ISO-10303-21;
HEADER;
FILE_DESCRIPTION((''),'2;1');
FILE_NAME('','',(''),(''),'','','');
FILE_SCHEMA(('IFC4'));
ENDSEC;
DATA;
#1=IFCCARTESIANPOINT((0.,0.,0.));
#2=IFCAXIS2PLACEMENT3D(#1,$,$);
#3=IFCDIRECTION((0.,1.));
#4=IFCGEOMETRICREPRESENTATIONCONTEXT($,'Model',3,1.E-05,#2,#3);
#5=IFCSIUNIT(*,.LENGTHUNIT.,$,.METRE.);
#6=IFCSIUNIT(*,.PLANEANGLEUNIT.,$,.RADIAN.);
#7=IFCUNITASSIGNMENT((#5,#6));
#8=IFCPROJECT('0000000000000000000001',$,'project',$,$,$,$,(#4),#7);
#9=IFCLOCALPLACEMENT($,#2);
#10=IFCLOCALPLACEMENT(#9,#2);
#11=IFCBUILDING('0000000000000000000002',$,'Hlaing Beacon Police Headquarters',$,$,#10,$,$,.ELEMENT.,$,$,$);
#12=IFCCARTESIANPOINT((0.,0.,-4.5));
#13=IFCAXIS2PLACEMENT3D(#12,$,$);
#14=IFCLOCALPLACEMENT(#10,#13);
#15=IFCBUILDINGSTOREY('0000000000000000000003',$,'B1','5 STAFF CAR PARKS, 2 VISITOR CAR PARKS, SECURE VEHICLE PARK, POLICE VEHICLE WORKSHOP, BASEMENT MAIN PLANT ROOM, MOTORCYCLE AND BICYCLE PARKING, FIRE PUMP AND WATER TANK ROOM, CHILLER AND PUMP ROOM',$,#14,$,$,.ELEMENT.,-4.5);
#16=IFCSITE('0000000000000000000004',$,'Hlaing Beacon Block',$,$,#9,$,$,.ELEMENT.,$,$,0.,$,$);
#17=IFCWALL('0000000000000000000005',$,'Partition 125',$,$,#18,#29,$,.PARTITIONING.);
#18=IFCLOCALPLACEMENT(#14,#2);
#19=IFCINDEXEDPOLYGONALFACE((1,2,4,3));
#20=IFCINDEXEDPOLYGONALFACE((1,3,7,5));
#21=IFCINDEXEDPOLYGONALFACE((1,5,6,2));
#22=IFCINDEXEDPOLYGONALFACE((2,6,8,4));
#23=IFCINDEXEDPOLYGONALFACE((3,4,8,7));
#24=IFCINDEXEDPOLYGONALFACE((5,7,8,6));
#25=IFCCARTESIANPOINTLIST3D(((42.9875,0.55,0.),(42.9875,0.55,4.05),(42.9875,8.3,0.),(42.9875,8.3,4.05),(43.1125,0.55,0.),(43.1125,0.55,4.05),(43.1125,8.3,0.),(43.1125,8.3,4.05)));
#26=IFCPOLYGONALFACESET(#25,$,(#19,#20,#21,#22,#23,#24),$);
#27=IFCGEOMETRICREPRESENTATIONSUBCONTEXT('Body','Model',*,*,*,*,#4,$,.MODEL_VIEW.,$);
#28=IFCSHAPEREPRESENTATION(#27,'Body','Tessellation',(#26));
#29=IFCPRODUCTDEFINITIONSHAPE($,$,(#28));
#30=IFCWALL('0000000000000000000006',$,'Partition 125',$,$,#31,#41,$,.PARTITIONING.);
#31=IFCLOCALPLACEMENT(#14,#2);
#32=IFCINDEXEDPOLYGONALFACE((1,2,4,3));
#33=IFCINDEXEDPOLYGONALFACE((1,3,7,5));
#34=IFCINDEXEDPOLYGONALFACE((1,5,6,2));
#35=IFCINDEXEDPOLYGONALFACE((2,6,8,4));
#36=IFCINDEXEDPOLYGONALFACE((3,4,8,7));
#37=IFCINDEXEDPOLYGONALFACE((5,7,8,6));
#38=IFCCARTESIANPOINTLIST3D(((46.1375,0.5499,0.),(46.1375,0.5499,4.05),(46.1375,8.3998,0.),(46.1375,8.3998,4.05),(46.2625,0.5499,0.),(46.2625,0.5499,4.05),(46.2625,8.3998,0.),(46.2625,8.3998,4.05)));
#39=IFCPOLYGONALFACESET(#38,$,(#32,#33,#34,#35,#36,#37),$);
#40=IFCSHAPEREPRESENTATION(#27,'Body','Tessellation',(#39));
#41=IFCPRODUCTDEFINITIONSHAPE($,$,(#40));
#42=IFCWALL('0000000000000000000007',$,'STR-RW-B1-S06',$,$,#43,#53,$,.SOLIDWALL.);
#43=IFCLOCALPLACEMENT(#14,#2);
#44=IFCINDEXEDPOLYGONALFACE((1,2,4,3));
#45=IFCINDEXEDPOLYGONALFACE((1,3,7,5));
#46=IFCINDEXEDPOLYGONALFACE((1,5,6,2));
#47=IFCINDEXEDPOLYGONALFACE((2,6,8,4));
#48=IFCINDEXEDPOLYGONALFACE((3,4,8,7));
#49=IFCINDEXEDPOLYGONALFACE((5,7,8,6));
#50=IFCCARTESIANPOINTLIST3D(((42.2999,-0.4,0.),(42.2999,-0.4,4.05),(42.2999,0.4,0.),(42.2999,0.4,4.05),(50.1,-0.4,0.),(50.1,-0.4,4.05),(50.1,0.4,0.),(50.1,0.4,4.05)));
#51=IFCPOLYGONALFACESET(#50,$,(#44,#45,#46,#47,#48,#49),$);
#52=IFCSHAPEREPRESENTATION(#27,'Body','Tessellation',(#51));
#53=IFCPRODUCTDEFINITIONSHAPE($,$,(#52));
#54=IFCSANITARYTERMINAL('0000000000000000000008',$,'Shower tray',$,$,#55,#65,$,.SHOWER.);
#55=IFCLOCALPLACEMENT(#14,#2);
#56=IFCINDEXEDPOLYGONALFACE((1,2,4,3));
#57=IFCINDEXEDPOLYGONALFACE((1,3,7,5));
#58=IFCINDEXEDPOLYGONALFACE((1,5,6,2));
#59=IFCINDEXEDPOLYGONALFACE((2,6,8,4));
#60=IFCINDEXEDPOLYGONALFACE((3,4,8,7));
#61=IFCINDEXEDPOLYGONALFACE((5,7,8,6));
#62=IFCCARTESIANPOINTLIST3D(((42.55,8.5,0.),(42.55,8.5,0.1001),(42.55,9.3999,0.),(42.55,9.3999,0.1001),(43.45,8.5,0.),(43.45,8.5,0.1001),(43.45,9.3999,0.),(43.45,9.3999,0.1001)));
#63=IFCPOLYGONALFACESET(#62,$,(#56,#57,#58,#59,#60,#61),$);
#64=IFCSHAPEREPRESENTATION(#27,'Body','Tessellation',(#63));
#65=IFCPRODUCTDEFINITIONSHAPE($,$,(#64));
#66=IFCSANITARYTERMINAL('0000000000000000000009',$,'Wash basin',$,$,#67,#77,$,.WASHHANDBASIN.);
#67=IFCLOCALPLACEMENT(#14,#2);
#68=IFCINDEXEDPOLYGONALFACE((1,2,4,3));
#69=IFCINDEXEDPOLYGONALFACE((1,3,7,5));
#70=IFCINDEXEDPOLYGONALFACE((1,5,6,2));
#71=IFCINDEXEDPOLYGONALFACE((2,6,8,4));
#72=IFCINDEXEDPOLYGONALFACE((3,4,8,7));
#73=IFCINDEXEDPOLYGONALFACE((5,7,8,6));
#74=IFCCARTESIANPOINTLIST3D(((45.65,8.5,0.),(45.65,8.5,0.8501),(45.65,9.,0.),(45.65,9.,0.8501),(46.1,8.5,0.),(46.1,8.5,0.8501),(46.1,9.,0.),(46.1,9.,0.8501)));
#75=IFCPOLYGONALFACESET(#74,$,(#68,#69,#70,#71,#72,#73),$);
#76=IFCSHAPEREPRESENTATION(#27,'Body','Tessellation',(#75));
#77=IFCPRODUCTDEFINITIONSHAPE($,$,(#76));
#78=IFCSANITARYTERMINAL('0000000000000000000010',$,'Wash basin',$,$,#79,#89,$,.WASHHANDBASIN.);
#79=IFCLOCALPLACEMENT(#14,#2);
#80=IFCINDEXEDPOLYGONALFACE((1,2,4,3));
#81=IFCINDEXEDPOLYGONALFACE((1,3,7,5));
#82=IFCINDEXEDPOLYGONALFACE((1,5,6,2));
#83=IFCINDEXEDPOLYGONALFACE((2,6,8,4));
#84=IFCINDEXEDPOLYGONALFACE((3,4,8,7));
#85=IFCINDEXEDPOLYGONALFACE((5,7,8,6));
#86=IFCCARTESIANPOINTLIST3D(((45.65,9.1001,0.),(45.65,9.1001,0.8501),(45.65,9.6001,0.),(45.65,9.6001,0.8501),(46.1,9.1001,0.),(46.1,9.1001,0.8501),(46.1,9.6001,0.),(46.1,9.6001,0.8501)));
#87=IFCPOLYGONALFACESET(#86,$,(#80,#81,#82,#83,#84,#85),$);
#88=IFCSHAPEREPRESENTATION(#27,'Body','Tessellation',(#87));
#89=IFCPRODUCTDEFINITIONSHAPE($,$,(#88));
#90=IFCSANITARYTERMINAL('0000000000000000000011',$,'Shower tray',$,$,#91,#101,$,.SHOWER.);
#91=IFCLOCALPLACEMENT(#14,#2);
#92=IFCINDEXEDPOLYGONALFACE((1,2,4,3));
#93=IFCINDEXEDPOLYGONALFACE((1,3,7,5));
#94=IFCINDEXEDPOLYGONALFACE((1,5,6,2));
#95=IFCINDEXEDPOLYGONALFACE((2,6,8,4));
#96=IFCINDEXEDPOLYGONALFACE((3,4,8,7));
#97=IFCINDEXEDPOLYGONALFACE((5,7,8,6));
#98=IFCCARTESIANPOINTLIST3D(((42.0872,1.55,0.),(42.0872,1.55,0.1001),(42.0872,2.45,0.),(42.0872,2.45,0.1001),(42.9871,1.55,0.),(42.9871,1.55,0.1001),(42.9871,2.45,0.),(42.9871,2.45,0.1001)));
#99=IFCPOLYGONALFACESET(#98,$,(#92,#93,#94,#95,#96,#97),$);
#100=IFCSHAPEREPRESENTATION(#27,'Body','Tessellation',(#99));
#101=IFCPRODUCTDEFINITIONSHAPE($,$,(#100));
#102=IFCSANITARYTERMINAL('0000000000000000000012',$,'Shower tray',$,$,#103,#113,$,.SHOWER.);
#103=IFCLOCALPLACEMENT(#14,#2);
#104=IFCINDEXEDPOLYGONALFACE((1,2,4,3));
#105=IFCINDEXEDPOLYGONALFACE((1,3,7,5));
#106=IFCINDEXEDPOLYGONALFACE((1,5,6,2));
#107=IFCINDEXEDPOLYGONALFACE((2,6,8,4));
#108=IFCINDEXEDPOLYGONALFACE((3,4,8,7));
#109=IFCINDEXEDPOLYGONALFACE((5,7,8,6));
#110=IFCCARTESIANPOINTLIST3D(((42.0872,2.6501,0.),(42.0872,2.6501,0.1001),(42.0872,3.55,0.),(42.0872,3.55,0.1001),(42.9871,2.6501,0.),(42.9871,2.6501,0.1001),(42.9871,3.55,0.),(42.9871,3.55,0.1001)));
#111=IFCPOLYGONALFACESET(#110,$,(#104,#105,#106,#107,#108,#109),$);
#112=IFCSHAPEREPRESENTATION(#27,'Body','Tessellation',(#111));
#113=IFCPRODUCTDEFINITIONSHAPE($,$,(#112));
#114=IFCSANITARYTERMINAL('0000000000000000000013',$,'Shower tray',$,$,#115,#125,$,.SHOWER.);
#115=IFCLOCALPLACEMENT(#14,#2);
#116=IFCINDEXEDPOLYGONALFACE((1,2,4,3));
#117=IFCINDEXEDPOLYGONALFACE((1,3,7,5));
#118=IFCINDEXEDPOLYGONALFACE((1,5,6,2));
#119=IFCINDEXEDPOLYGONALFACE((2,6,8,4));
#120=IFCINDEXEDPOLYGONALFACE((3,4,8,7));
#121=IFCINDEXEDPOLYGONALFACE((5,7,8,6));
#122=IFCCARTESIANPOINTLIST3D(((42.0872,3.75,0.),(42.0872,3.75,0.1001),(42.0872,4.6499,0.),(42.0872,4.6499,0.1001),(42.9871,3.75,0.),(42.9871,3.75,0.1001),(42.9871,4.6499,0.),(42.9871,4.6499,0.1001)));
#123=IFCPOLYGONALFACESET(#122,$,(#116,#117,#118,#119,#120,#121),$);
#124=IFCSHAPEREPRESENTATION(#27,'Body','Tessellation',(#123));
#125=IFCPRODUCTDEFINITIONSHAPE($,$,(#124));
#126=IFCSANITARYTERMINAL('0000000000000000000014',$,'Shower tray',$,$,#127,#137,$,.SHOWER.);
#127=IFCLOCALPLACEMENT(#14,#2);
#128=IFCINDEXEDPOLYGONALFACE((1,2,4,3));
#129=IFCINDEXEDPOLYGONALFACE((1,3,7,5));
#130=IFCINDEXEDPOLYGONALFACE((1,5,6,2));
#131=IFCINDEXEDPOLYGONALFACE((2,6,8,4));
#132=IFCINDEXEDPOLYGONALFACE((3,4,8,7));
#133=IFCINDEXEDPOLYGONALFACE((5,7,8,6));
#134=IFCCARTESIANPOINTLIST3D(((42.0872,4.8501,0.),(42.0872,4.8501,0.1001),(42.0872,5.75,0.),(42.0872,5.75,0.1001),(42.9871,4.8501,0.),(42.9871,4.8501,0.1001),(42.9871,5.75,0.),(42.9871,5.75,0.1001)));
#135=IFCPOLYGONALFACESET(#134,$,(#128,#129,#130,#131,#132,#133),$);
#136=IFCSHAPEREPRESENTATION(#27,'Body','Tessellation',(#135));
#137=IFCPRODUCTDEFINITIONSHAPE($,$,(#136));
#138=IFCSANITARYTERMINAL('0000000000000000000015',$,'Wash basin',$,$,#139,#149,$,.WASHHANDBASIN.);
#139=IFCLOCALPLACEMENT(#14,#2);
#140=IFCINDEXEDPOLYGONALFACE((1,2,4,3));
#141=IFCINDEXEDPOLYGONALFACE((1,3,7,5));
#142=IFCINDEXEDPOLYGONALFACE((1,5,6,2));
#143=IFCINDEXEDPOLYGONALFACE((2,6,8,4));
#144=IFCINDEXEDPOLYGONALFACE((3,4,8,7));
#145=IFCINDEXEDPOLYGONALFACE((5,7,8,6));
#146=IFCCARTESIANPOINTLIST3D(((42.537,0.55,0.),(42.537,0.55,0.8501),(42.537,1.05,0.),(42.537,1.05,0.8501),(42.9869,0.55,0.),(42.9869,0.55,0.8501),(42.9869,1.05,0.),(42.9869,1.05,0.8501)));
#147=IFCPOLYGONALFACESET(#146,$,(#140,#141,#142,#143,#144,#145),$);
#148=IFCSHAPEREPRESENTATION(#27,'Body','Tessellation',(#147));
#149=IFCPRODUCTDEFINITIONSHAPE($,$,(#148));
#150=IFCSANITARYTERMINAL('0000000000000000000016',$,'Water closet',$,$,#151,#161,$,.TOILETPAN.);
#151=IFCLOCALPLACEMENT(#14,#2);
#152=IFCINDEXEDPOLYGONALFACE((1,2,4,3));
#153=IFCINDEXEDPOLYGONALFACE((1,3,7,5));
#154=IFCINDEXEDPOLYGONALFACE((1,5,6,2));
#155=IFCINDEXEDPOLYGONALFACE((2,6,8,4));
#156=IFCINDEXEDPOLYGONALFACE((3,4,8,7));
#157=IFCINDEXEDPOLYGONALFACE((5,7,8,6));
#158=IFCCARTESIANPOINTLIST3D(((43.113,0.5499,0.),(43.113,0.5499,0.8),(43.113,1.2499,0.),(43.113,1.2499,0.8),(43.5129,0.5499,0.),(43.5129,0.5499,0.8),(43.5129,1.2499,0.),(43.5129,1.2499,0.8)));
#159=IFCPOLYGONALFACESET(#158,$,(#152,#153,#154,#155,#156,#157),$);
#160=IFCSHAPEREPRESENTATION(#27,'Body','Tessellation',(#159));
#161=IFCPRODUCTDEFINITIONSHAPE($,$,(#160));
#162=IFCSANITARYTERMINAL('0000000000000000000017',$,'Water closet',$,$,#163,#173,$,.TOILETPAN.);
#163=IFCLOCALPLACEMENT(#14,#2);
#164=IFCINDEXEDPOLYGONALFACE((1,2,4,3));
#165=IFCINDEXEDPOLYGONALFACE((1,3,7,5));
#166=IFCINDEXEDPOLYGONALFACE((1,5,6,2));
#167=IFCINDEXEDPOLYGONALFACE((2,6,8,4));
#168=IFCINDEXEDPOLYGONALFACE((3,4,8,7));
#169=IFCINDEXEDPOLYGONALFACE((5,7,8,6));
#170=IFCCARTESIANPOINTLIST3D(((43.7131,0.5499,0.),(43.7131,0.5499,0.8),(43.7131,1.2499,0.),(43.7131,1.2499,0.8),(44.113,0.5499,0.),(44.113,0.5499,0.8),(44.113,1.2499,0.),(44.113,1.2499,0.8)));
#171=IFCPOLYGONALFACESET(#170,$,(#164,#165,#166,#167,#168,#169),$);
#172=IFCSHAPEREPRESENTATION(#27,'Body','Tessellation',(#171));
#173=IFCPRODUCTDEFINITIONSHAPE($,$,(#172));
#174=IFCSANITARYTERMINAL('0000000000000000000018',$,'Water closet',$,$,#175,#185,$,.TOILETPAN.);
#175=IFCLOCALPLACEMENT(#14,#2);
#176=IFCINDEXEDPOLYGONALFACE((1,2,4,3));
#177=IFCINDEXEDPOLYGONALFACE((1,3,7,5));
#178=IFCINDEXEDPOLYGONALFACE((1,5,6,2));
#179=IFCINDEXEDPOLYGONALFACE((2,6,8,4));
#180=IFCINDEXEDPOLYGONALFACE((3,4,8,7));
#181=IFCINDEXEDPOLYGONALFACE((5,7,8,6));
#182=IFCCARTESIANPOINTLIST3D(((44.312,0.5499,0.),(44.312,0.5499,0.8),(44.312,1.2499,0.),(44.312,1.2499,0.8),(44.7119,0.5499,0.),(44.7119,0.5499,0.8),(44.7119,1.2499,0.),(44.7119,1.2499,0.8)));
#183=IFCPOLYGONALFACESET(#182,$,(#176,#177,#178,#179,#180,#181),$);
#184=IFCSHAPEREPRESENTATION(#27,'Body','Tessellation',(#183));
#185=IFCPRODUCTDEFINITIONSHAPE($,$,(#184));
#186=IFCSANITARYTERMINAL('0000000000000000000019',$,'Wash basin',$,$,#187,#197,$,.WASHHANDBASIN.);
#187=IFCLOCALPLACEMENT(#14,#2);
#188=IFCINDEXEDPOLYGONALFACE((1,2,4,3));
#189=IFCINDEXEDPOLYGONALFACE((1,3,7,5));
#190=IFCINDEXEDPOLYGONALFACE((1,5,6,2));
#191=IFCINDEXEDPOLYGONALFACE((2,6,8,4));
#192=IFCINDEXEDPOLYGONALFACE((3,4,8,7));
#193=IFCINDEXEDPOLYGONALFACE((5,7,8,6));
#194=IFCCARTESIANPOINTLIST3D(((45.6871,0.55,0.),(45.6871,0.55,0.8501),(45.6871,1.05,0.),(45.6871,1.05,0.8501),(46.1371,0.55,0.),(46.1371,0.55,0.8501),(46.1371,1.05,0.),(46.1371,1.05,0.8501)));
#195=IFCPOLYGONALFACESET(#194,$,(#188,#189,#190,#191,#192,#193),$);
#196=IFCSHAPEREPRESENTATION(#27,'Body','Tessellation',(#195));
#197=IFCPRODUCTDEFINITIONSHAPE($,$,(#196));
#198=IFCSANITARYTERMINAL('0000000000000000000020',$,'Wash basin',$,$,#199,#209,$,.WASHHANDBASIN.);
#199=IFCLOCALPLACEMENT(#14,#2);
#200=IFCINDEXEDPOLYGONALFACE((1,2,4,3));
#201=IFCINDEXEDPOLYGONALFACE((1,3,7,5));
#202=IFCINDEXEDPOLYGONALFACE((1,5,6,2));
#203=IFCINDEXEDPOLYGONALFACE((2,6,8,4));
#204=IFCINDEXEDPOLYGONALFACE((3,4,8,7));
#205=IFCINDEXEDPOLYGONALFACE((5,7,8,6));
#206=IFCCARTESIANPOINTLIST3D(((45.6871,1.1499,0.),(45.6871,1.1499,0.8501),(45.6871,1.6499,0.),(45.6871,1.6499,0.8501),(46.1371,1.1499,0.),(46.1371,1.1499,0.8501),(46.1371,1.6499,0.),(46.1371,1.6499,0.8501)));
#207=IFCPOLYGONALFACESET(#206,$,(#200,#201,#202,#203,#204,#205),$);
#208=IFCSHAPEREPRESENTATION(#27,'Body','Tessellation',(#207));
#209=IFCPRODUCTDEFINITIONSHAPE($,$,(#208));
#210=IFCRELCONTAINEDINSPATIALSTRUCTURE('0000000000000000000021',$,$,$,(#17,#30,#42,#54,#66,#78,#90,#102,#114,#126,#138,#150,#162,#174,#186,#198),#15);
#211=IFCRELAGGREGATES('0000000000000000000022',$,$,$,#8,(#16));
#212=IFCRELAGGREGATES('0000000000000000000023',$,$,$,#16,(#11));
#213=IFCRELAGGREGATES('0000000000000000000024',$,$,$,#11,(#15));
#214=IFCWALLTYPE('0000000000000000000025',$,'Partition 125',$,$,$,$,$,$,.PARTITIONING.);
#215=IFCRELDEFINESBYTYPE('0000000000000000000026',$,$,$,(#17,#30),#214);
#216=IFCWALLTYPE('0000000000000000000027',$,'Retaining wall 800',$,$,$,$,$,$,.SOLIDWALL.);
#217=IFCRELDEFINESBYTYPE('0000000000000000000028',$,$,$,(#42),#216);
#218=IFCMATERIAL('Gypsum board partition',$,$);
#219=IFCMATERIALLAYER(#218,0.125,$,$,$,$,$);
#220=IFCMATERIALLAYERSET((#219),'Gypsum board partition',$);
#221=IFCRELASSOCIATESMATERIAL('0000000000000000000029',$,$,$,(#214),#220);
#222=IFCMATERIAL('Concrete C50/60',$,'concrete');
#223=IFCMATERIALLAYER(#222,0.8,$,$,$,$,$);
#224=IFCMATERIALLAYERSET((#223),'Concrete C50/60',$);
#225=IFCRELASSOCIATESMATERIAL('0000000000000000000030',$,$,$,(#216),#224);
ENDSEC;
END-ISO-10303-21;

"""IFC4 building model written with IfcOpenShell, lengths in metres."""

from ifc_helpers import new_model, si_unit, direction, frame, frame_2d, origin, origin_2d, place, context, subcontext, project, spatial, rectangle, extrude, material, layer, layer_set, type_object, element, save


model = new_model("IFC4")

# Units and contexts
model_context = context("Model", 3, precision=1e-05, world=origin(), true_north=direction((0.0, 1.0)))
body_context = subcontext(model_context, "Body", "Model", "MODEL_VIEW")
ifc_project = project(units=[si_unit("LENGTHUNIT", "METRE"), si_unit("PLANEANGLEUNIT", "RADIAN")], contexts=[model_context])

# Site, building, storey
site_placement = place(None, origin())
site = spatial("IfcSite", under=ifc_project, at=site_placement, Name="Hlaing Beacon Block", CompositionType="ELEMENT", RefElevation=0.0)
building_placement = place(site_placement, origin())
building = spatial("IfcBuilding", under=site, at=building_placement, Name="Hlaing Beacon Police Headquarters", CompositionType="ELEMENT")
storey_placement = place(building_placement, frame((0.0, 0.0, -4.5)))
storey = spatial("IfcBuildingStorey", under=building, at=storey_placement, Name="B1", Description="5 STAFF CAR PARKS, 2 VISITOR CAR PARKS, SECURE VEHICLE PARK, POLICE VEHICLE WORKSHOP, BASEMENT MAIN PLANT ROOM, MOTORCYCLE AND BICYCLE PARKING, FIRE PUMP AND WATER TANK ROOM, CHILLER AND PUMP ROOM", CompositionType="ELEMENT", Elevation=-4.5)

# Walls
ifc_material_1 = material(Name="Gypsum board partition")
ifc_layer_1 = layer(ifc_material_1, 0.125)
ifc_layer_set_1 = layer_set([ifc_layer_1], Name="Gypsum board partition")
wall_type_1 = type_object("IfcWallType", Name="Partition 125", PredefinedType="PARTITIONING", material=ifc_layer_set_1)
wall_1_placement = place(storey_placement, frame((43.05, 0.55, 0.0), z_axis=(0.0, 0.0, 1.0), x_axis=(0.0, 1.0, 0.0)))
element("IfcWall", 1, at=wall_1_placement, inside=storey, type_object=wall_type_1, Name="Partition 125", PredefinedType="PARTITIONING", context=body_context, shape_type="SweptSolid", body=[
    extrude(rectangle(XDim=7.75, YDim=0.125, at=frame_2d((3.875, 0.0))), origin(), (0.0, 0.0, 1.0), 4.05),
])
wall_2_placement = place(storey_placement, frame((46.2, 0.55, 0.0), z_axis=(0.0, 0.0, 1.0), x_axis=(0.0, 1.0, 0.0)))
element("IfcWall", 2, at=wall_2_placement, inside=storey, type_object=wall_type_1, Name="Partition 125", PredefinedType="PARTITIONING", context=body_context, shape_type="SweptSolid", body=[
    extrude(rectangle(XDim=7.8499, YDim=0.125, at=frame_2d((3.9248, 0.0))), origin(), (0.0, 0.0, 1.0), 4.05),
])
ifc_material_2 = material(Name="Concrete C50/60", Category="concrete")
ifc_layer_2 = layer(ifc_material_2, 0.8)
ifc_layer_set_2 = layer_set([ifc_layer_2], Name="Concrete C50/60")
wall_type_2 = type_object("IfcWallType", Name="Retaining wall 800", PredefinedType="SOLIDWALL", material=ifc_layer_set_2)
wall_3_placement = place(storey_placement, frame((42.3, 0.0, 0.0), z_axis=(0.0, 0.0, 1.0), x_axis=(1.0, 0.0, 0.0)))
element("IfcWall", 3, at=wall_3_placement, inside=storey, type_object=wall_type_2, Name="STR-RW-B1-S06", PredefinedType="SOLIDWALL", context=body_context, shape_type="SweptSolid", body=[
    extrude(rectangle(XDim=7.8, YDim=0.8, at=frame_2d((3.8999, 0.0))), origin(), (0.0, 0.0, 1.0), 4.05),
])

# Sanitary terminals
sanitary_terminal_1_placement = place(storey_placement, frame((43.0, 8.95, 0.0), z_axis=(0.0, 0.0, 1.0), x_axis=(1.0, 0.0, 0.0)))
element("IfcSanitaryTerminal", 4, at=sanitary_terminal_1_placement, inside=storey, Name="Shower tray", PredefinedType="SHOWER", context=body_context, shape_type="SweptSolid", body=[
    extrude(rectangle(XDim=0.8999, YDim=0.8999, at=origin_2d()), origin(), (0.0, 0.0, 1.0), 0.1001),
])
for number, where, z_axis, x_axis, name in (
    (5, (45.875, 8.75, 0.0), (0.0, 0.0, 1.0), (1.0, 0.0, 0.0), "Wash basin"),
    (6, (45.875, 9.3501, 0.0), (0.0, 0.0, 1.0), (1.0, 0.0, 0.0), "Wash basin"),
):
    element("IfcSanitaryTerminal", number, at=place(storey_placement, frame(where, z_axis=z_axis, x_axis=x_axis)), inside=storey, Name=name, PredefinedType="WASHHANDBASIN", context=body_context, shape_type="SweptSolid", body=[
        extrude(rectangle(XDim=0.45, YDim=0.5, at=origin_2d()), origin(), (0.0, 0.0, 1.0), 0.8501),
    ])
for number, where, z_axis, x_axis, name in (
    (7, (42.5371, 2.0, 0.0), (0.0, 0.0, 1.0), (1.0, 0.0, 0.0), "Shower tray"),
    (8, (42.5371, 3.1001, 0.0), (0.0, 0.0, 1.0), (1.0, 0.0, 0.0), "Shower tray"),
    (9, (42.5371, 4.2, 0.0), (0.0, 0.0, 1.0), (1.0, 0.0, 0.0), "Shower tray"),
    (10, (42.5371, 5.3, 0.0), (0.0, 0.0, 1.0), (1.0, 0.0, 0.0), "Shower tray"),
):
    element("IfcSanitaryTerminal", number, at=place(storey_placement, frame(where, z_axis=z_axis, x_axis=x_axis)), inside=storey, Name=name, PredefinedType="SHOWER", context=body_context, shape_type="SweptSolid", body=[
        extrude(rectangle(XDim=0.8999, YDim=0.8999, at=origin_2d()), origin(), (0.0, 0.0, 1.0), 0.1001),
    ])
sanitary_terminal_2_placement = place(storey_placement, frame((42.762, 0.8, 0.0), z_axis=(0.0, 0.0, 1.0), x_axis=(1.0, 0.0, 0.0)))
element("IfcSanitaryTerminal", 11, at=sanitary_terminal_2_placement, inside=storey, Name="Wash basin", PredefinedType="WASHHANDBASIN", context=body_context, shape_type="SweptSolid", body=[
    extrude(rectangle(XDim=0.45, YDim=0.5, at=origin_2d()), origin(), (0.0, 0.0, 1.0), 0.8501),
])
for number, where, z_axis, x_axis, name in (
    (12, (43.313, 0.8999, 0.0), (0.0, 0.0, 1.0), (1.0, 0.0, 0.0), "Water closet"),
    (13, (43.9131, 0.8999, 0.0), (0.0, 0.0, 1.0), (1.0, 0.0, 0.0), "Water closet"),
    (14, (44.512, 0.8999, 0.0), (0.0, 0.0, 1.0), (1.0, 0.0, 0.0), "Water closet"),
):
    element("IfcSanitaryTerminal", number, at=place(storey_placement, frame(where, z_axis=z_axis, x_axis=x_axis)), inside=storey, Name=name, PredefinedType="TOILETPAN", context=body_context, shape_type="SweptSolid", body=[
        extrude(rectangle(XDim=0.3999, YDim=0.7, at=origin_2d()), origin(), (0.0, 0.0, 1.0), 0.8),
    ])
for number, where, z_axis, x_axis, name in (
    (15, (45.9121, 0.8, 0.0), (0.0, 0.0, 1.0), (1.0, 0.0, 0.0), "Wash basin"),
    (16, (45.9121, 1.3999, 0.0), (0.0, 0.0, 1.0), (1.0, 0.0, 0.0), "Wash basin"),
):
    element("IfcSanitaryTerminal", number, at=place(storey_placement, frame(where, z_axis=z_axis, x_axis=x_axis)), inside=storey, Name=name, PredefinedType="WASHHANDBASIN", context=body_context, shape_type="SweptSolid", body=[
        extrude(rectangle(XDim=0.45, YDim=0.5, at=origin_2d()), origin(), (0.0, 0.0, 1.0), 0.8501),
    ])

save(model, "model.ifc")
